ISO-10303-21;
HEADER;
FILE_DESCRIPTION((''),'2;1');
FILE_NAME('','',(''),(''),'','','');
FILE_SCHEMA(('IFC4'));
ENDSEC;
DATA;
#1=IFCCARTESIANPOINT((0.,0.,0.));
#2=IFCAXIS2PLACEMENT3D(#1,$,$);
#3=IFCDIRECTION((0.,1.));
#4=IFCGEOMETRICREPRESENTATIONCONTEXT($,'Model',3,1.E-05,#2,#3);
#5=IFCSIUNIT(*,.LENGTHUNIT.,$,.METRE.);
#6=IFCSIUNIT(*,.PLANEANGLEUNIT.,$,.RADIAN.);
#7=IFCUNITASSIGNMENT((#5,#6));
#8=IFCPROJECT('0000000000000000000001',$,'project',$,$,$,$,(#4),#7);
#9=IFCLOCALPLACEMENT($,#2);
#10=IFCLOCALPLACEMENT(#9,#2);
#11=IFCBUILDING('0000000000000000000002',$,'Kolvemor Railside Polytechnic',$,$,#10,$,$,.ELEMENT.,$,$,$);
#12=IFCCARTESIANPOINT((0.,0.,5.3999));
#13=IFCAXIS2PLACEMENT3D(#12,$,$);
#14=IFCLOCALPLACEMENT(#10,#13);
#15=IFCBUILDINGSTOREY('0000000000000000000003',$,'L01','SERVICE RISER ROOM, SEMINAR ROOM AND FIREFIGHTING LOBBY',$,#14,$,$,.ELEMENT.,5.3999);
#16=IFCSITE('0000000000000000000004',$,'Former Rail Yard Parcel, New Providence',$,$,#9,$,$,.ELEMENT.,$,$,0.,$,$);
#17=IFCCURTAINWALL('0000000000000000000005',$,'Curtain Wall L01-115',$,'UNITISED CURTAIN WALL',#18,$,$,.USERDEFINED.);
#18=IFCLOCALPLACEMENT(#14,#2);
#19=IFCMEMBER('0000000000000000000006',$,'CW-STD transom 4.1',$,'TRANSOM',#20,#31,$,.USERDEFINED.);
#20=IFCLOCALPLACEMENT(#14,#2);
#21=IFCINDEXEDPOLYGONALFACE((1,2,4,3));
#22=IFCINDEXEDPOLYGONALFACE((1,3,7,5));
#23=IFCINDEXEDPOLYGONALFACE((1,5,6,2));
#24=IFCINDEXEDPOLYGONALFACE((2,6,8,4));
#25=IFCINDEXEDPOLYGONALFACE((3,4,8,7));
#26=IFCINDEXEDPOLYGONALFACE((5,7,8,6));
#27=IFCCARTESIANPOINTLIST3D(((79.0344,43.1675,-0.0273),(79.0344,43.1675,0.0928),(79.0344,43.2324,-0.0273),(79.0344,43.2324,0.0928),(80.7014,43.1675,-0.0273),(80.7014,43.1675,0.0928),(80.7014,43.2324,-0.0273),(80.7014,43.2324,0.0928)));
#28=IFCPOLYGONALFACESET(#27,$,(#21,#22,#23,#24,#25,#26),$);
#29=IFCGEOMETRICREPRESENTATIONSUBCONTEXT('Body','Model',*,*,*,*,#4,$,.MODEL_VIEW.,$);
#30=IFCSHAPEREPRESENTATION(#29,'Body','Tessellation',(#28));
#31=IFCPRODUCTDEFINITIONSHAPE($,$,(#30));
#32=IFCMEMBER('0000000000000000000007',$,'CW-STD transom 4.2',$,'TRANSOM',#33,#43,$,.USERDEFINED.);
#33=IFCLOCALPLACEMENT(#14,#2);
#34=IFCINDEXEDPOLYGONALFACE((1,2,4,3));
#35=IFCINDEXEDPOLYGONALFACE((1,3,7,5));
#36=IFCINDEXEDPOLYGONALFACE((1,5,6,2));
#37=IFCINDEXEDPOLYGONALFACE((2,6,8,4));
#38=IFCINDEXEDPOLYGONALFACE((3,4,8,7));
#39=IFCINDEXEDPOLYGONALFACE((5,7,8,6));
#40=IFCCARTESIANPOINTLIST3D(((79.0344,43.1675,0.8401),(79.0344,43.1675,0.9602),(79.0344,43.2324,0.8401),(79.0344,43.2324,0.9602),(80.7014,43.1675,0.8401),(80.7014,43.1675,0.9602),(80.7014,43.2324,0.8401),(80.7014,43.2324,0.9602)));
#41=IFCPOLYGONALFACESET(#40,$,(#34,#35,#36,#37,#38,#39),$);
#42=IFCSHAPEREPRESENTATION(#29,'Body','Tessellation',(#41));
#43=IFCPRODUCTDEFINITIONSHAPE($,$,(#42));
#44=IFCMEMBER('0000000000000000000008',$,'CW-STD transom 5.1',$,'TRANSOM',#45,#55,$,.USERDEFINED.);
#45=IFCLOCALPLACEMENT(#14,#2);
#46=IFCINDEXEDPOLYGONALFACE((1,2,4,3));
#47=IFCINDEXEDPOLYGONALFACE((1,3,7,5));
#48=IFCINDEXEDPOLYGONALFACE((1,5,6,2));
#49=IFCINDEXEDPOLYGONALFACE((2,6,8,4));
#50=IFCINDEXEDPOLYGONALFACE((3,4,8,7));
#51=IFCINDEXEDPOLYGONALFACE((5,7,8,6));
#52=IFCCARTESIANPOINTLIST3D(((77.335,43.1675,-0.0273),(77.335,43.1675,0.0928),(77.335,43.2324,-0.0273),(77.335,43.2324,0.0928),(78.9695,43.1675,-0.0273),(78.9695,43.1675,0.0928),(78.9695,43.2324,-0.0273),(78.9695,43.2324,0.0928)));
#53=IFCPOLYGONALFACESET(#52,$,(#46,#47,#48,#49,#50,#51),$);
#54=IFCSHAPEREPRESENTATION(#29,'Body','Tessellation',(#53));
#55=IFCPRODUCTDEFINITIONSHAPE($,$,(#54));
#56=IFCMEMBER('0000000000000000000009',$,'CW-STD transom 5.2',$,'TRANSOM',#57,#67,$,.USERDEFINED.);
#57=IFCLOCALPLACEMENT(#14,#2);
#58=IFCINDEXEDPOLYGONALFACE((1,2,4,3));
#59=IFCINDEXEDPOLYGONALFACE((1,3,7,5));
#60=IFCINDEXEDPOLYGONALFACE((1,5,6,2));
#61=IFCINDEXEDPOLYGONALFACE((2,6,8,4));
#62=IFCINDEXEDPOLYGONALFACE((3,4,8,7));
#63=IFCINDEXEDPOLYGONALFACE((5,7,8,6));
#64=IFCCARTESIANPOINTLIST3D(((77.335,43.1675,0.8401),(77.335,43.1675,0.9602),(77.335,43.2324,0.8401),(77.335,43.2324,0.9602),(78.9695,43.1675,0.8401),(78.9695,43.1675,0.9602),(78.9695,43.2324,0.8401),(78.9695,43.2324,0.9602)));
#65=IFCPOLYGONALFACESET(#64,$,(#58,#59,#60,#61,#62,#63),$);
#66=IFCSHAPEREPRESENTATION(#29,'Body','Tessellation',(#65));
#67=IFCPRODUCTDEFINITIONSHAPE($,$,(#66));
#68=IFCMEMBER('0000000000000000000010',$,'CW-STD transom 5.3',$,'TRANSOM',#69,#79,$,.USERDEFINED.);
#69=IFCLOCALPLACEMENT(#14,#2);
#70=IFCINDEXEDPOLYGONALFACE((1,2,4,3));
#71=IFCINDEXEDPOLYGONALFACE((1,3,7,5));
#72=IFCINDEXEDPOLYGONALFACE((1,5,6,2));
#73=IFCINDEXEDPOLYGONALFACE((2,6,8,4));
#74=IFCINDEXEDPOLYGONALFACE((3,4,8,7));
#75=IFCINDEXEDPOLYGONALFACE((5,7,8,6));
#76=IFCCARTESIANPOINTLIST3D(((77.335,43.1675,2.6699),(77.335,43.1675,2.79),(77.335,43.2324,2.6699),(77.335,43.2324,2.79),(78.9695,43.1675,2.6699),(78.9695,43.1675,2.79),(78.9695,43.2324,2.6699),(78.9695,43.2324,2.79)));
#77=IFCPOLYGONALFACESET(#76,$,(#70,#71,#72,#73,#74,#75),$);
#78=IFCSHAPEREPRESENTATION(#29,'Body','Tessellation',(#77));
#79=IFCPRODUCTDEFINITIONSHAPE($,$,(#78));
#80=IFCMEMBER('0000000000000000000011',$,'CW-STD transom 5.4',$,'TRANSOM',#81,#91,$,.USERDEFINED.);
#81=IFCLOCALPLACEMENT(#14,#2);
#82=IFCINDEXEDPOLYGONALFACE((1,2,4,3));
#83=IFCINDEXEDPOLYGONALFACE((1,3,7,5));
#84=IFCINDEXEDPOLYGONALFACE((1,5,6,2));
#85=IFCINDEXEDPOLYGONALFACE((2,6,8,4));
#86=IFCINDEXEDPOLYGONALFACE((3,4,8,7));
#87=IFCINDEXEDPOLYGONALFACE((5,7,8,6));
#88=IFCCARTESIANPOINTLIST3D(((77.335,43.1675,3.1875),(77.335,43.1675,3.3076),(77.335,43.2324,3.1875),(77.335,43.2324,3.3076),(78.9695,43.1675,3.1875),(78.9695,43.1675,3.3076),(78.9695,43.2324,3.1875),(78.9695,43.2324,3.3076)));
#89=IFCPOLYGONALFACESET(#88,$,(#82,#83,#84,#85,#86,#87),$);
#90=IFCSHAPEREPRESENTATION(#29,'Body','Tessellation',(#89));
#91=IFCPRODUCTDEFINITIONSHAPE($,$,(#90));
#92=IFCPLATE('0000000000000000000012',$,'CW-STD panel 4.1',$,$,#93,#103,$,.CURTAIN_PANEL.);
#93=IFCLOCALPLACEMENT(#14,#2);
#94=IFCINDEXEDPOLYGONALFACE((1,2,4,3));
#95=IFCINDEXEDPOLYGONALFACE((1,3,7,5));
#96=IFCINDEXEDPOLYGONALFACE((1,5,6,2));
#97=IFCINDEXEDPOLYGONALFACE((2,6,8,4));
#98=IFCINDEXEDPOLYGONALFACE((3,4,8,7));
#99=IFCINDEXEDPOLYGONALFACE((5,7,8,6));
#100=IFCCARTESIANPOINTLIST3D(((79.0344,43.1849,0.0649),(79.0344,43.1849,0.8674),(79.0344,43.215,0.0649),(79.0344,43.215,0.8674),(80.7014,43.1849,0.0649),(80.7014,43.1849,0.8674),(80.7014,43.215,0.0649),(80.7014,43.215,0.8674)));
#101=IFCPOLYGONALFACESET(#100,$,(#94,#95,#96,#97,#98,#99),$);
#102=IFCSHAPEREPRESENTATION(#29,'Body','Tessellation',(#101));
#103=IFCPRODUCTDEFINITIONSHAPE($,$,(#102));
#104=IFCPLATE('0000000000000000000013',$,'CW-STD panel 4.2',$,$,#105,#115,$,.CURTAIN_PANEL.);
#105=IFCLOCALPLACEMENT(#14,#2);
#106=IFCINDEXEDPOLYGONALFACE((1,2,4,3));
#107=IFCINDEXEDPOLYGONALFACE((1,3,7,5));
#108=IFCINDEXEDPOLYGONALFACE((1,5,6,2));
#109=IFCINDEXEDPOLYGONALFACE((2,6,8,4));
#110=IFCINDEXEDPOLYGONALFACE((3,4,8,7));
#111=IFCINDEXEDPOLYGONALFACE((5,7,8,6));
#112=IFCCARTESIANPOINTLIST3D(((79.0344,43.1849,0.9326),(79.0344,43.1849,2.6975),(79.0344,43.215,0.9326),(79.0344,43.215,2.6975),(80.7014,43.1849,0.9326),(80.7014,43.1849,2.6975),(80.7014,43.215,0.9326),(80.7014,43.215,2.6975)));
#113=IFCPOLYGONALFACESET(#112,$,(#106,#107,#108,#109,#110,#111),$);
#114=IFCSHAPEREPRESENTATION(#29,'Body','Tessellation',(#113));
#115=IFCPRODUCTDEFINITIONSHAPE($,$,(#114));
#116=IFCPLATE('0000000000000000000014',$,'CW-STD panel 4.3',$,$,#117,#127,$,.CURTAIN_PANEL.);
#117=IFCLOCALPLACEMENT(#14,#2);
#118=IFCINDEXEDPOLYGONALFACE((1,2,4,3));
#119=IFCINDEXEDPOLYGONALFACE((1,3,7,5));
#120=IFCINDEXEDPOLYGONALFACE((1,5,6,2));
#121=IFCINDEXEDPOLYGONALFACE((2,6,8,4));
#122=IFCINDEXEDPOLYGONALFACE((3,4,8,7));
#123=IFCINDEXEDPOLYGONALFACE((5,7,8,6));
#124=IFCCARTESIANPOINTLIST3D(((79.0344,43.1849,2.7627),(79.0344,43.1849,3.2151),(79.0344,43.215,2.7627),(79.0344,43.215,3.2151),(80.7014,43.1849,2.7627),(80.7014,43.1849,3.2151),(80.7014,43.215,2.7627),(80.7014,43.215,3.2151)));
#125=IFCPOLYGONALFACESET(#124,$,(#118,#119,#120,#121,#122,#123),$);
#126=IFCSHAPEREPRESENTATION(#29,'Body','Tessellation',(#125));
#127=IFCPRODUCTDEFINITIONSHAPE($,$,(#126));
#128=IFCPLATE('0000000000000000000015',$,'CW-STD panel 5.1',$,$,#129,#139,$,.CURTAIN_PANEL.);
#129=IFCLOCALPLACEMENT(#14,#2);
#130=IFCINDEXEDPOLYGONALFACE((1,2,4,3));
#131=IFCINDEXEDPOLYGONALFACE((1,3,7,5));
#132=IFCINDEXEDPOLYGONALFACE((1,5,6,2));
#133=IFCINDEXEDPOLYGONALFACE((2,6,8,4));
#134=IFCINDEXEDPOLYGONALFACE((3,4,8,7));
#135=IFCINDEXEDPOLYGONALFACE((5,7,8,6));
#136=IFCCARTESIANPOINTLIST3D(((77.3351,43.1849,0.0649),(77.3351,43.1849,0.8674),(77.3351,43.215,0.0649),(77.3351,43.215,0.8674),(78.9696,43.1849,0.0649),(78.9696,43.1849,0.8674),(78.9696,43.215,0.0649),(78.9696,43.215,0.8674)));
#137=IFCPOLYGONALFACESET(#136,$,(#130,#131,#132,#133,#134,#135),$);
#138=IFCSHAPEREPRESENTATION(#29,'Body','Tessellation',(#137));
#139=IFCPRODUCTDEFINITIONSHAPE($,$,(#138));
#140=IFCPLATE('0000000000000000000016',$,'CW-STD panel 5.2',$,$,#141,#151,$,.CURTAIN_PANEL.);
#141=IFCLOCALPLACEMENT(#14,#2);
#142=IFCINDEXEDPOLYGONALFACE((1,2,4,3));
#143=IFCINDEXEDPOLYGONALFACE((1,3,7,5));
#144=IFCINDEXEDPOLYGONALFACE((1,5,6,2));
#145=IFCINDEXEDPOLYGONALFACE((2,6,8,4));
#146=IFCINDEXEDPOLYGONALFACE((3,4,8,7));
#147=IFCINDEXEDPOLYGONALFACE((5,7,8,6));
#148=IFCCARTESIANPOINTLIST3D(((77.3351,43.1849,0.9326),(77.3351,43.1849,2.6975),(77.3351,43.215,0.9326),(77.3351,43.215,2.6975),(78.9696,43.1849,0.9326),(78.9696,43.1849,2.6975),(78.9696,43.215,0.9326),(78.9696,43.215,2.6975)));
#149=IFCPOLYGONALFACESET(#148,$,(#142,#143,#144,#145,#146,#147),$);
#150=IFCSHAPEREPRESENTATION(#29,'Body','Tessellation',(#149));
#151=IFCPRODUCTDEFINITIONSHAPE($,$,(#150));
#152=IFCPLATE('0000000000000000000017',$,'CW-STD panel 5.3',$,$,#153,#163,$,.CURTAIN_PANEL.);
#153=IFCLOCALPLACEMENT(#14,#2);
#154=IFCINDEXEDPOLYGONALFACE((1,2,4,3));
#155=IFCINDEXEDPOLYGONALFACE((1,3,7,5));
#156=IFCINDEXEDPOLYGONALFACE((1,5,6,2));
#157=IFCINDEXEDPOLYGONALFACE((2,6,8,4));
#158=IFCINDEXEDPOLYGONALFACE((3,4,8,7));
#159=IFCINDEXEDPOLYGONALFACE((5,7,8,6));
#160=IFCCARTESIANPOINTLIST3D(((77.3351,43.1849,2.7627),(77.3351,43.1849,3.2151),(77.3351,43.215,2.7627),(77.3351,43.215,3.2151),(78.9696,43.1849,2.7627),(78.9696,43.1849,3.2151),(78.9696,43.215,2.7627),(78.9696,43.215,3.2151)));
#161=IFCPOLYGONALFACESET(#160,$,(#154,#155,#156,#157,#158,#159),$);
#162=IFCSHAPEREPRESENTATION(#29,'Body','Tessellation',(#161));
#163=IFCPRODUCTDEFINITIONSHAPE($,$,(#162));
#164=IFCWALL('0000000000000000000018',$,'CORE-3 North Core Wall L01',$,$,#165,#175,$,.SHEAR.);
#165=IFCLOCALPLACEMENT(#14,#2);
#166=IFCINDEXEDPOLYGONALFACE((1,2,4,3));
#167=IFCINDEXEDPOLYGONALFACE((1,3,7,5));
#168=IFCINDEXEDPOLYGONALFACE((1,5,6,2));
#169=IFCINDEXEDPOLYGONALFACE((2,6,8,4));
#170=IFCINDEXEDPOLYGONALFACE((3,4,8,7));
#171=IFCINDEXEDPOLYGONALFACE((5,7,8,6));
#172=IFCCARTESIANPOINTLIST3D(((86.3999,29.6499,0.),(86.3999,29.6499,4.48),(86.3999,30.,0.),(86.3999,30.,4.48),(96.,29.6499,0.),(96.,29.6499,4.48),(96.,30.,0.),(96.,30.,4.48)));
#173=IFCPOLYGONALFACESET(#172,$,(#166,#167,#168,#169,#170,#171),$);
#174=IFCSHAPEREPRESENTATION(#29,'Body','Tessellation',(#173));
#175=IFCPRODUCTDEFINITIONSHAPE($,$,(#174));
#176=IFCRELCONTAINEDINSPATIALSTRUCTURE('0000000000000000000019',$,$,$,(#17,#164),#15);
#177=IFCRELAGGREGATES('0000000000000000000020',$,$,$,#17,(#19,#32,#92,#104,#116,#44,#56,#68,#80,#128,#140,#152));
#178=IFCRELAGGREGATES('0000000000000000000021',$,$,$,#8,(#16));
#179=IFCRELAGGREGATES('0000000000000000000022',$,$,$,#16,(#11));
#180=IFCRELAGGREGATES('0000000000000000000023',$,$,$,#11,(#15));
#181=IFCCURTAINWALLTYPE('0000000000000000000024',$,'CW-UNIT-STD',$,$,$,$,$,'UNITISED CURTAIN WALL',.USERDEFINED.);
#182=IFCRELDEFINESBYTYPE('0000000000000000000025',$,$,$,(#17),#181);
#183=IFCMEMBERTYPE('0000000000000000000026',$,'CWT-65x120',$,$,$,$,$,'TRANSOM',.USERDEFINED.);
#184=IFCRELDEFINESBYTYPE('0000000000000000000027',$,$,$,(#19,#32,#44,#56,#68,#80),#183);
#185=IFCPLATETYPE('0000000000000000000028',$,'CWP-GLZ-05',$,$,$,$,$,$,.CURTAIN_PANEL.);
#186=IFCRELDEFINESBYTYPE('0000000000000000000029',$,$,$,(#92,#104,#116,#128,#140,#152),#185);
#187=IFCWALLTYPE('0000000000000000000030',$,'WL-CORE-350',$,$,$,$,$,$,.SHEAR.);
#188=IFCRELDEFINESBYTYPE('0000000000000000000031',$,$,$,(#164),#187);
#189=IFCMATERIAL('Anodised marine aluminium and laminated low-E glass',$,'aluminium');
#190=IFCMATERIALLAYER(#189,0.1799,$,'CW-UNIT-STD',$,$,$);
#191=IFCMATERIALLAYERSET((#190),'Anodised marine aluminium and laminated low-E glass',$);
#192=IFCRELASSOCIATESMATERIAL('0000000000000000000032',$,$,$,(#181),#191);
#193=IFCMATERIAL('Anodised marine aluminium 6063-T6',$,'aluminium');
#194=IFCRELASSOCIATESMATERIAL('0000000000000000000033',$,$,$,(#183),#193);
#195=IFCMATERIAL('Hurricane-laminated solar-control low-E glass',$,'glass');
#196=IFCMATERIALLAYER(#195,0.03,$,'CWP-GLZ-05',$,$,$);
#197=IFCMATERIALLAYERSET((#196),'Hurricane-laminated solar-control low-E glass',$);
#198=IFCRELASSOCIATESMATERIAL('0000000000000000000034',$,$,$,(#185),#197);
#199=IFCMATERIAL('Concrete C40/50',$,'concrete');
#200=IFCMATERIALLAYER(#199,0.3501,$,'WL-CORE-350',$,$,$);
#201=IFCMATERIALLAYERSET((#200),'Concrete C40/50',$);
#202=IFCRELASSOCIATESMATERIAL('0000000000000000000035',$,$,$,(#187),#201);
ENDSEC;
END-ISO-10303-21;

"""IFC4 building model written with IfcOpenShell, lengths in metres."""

from ifc_helpers import new_model, si_unit, direction, frame, frame_2d, origin, origin_2d, place, context, subcontext, project, spatial, rectangle, extrude, material, layer, layer_set, material_profile, profile_set, type_object, element, aggregate, save


model = new_model("IFC4")

# Units and contexts
model_context = context("Model", 3, precision=1e-05, world=origin(), true_north=direction((0.0, 1.0)))
body_context = subcontext(model_context, "Body", "Model", "MODEL_VIEW")
ifc_project = project(units=[si_unit("LENGTHUNIT", "METRE"), si_unit("PLANEANGLEUNIT", "RADIAN")], contexts=[model_context])

# Site, building, storey
site_placement = place(None, origin())
site = spatial("IfcSite", under=ifc_project, at=site_placement, Name="Former Rail Yard Parcel, New Providence", CompositionType="ELEMENT", RefElevation=0.0)
building_placement = place(site_placement, origin())
building = spatial("IfcBuilding", under=site, at=building_placement, Name="Kolvemor Railside Polytechnic", CompositionType="ELEMENT")
storey_placement = place(building_placement, frame((0.0, 0.0, 5.3999)))
storey = spatial("IfcBuildingStorey", under=building, at=storey_placement, Name="L01", Description="SERVICE RISER ROOM, SEMINAR ROOM AND FIREFIGHTING LOBBY", CompositionType="ELEMENT", Elevation=5.3999)

# Curtain wall, members, plates
ifc_material_1 = material(Name="Anodised marine aluminium and laminated low-E glass", Category="aluminium")
ifc_layer_1 = layer(ifc_material_1, 0.1799, Name="CW-UNIT-STD")
ifc_layer_set_1 = layer_set([ifc_layer_1], Name="Anodised marine aluminium and laminated low-E glass")
curtain_wall_type = type_object("IfcCurtainWallType", Name="CW-UNIT-STD", ElementType="UNITISED CURTAIN WALL", PredefinedType="USERDEFINED", material=ifc_layer_set_1)
curtain_wall_placement = place(storey_placement, origin())
curtain_wall = element("IfcCurtainWall", 1, at=curtain_wall_placement, inside=storey, type_object=curtain_wall_type, Name="Curtain Wall L01-115", ObjectType="UNITISED CURTAIN WALL", PredefinedType="USERDEFINED")
ifc_material_2 = material(Name="Anodised marine aluminium 6063-T6", Category="aluminium")
ifc_material_profile_1 = material_profile(ifc_material_2, rectangle(XDim=0.0649, YDim=0.1201, at=origin_2d()), Name="CW-TRN-65x120")
ifc_profile_set_1 = profile_set([ifc_material_profile_1], Name="Anodised marine aluminium 6063-T6")
member_type_1 = type_object("IfcMemberType", Name="CWT-65x120", ElementType="TRANSOM", PredefinedType="USERDEFINED", material=ifc_profile_set_1)
member_1_placement = place(storey_placement, frame((80.7014, 43.2, 0.0327), z_axis=(-1.0, 0.0, 0.0), x_axis=(0.0, -1.0, 0.0)))
member_1 = element("IfcMember", 2, at=member_1_placement, type_object=member_type_1, Name="CW-STD transom 4.1", ObjectType="TRANSOM", PredefinedType="USERDEFINED", context=body_context, shape_type="SweptSolid", body=[
    extrude(rectangle(XDim=0.0649, YDim=0.1201, at=origin_2d()), origin(), (0.0, 0.0, 1.0), 1.667),
])
member_2_placement = place(storey_placement, frame((80.7014, 43.2, 0.9001), z_axis=(-1.0, 0.0, 0.0), x_axis=(0.0, -1.0, 0.0)))
member_2 = element("IfcMember", 3, at=member_2_placement, type_object=member_type_1, Name="CW-STD transom 4.2", ObjectType="TRANSOM", PredefinedType="USERDEFINED", context=body_context, shape_type="SweptSolid", body=[
    extrude(rectangle(XDim=0.0649, YDim=0.1201, at=origin_2d()), origin(), (0.0, 0.0, 1.0), 1.667),
])
member_3_placement = place(storey_placement, frame((78.9695, 43.2, 0.0327), z_axis=(-1.0, 0.0, 0.0), x_axis=(0.0, -1.0, 0.0)))
member_3 = element("IfcMember", 4, at=member_3_placement, type_object=member_type_1, Name="CW-STD transom 5.1", ObjectType="TRANSOM", PredefinedType="USERDEFINED", context=body_context, shape_type="SweptSolid", body=[
    extrude(rectangle(XDim=0.0649, YDim=0.1201, at=origin_2d()), origin(), (0.0, 0.0, 1.0), 1.6345),
])
member_4_placement = place(storey_placement, frame((78.9695, 43.2, 0.9001), z_axis=(-1.0, 0.0, 0.0), x_axis=(0.0, -1.0, 0.0)))
member_4 = element("IfcMember", 5, at=member_4_placement, type_object=member_type_1, Name="CW-STD transom 5.2", ObjectType="TRANSOM", PredefinedType="USERDEFINED", context=body_context, shape_type="SweptSolid", body=[
    extrude(rectangle(XDim=0.0649, YDim=0.1201, at=origin_2d()), origin(), (0.0, 0.0, 1.0), 1.6345),
])
member_5_placement = place(storey_placement, frame((78.9695, 43.2, 2.73), z_axis=(-1.0, 0.0, 0.0), x_axis=(0.0, -1.0, 0.0)))
member_5 = element("IfcMember", 6, at=member_5_placement, type_object=member_type_1, Name="CW-STD transom 5.3", ObjectType="TRANSOM", PredefinedType="USERDEFINED", context=body_context, shape_type="SweptSolid", body=[
    extrude(rectangle(XDim=0.0649, YDim=0.1201, at=origin_2d()), origin(), (0.0, 0.0, 1.0), 1.6345),
])
member_6_placement = place(storey_placement, frame((78.9695, 43.2, 3.2476), z_axis=(-1.0, 0.0, 0.0), x_axis=(0.0, -1.0, 0.0)))
member_6 = element("IfcMember", 7, at=member_6_placement, type_object=member_type_1, Name="CW-STD transom 5.4", ObjectType="TRANSOM", PredefinedType="USERDEFINED", context=body_context, shape_type="SweptSolid", body=[
    extrude(rectangle(XDim=0.0649, YDim=0.1201, at=origin_2d()), origin(), (0.0, 0.0, 1.0), 1.6345),
])
ifc_material_3 = material(Name="Hurricane-laminated solar-control low-E glass", Category="glass")
ifc_layer_2 = layer(ifc_material_3, 0.03, Name="CWP-GLZ-05")
ifc_layer_set_2 = layer_set([ifc_layer_2], Name="Hurricane-laminated solar-control low-E glass")
plate_type = type_object("IfcPlateType", Name="CWP-GLZ-05", PredefinedType="CURTAIN_PANEL", material=ifc_layer_set_2)
plate_1_placement = place(storey_placement, frame((79.8679, 43.2, 0.0649), z_axis=(0.0, 0.0, 1.0), x_axis=(-1.0, 0.0, 0.0)))
plate_1 = element("IfcPlate", 8, at=plate_1_placement, type_object=plate_type, Name="CW-STD panel 4.1", PredefinedType="CURTAIN_PANEL", context=body_context, shape_type="SweptSolid", body=[
    extrude(rectangle(XDim=1.667, YDim=0.03, at=origin_2d()), origin(), (0.0, 0.0, 1.0), 0.8025),
])
plate_2_placement = place(storey_placement, frame((79.8679, 43.2, 0.9326), z_axis=(0.0, 0.0, 1.0), x_axis=(-1.0, 0.0, 0.0)))
plate_2 = element("IfcPlate", 9, at=plate_2_placement, type_object=plate_type, Name="CW-STD panel 4.2", PredefinedType="CURTAIN_PANEL", context=body_context, shape_type="SweptSolid", body=[
    extrude(rectangle(XDim=1.667, YDim=0.03, at=origin_2d()), origin(), (0.0, 0.0, 1.0), 1.7649),
])
plate_3_placement = place(storey_placement, frame((79.8679, 43.2, 2.7627), z_axis=(0.0, 0.0, 1.0), x_axis=(-1.0, 0.0, 0.0)))
plate_3 = element("IfcPlate", 10, at=plate_3_placement, type_object=plate_type, Name="CW-STD panel 4.3", PredefinedType="CURTAIN_PANEL", context=body_context, shape_type="SweptSolid", body=[
    extrude(rectangle(XDim=1.667, YDim=0.03, at=origin_2d()), origin(), (0.0, 0.0, 1.0), 0.4524),
])
plate_4_placement = place(storey_placement, frame((78.1523, 43.2, 0.0649), z_axis=(0.0, 0.0, 1.0), x_axis=(-1.0, 0.0, 0.0)))
plate_4 = element("IfcPlate", 11, at=plate_4_placement, type_object=plate_type, Name="CW-STD panel 5.1", PredefinedType="CURTAIN_PANEL", context=body_context, shape_type="SweptSolid", body=[
    extrude(rectangle(XDim=1.6345, YDim=0.03, at=origin_2d()), origin(), (0.0, 0.0, 1.0), 0.8025),
])
plate_5_placement = place(storey_placement, frame((78.1523, 43.2, 0.9326), z_axis=(0.0, 0.0, 1.0), x_axis=(-1.0, 0.0, 0.0)))
plate_5 = element("IfcPlate", 12, at=plate_5_placement, type_object=plate_type, Name="CW-STD panel 5.2", PredefinedType="CURTAIN_PANEL", context=body_context, shape_type="SweptSolid", body=[
    extrude(rectangle(XDim=1.6345, YDim=0.03, at=origin_2d()), origin(), (0.0, 0.0, 1.0), 1.7649),
])
plate_6_placement = place(storey_placement, frame((78.1523, 43.2, 2.7627), z_axis=(0.0, 0.0, 1.0), x_axis=(-1.0, 0.0, 0.0)))
plate_6 = element("IfcPlate", 13, at=plate_6_placement, type_object=plate_type, Name="CW-STD panel 5.3", PredefinedType="CURTAIN_PANEL", context=body_context, shape_type="SweptSolid", body=[
    extrude(rectangle(XDim=1.6345, YDim=0.03, at=origin_2d()), origin(), (0.0, 0.0, 1.0), 0.4524),
])
aggregate(curtain_wall, [member_1, member_2, plate_1, plate_2, plate_3, member_3, member_4, member_5, member_6, plate_4, plate_5, plate_6])

# Wall
ifc_material_4 = material(Name="Concrete C40/50", Category="concrete")
ifc_layer_3 = layer(ifc_material_4, 0.3501, Name="WL-CORE-350")
ifc_layer_set_3 = layer_set([ifc_layer_3], Name="Concrete C40/50")
wall_type_1 = type_object("IfcWallType", Name="WL-CORE-350", PredefinedType="SHEAR", material=ifc_layer_set_3)
wall_1_placement = place(storey_placement, frame((86.3999, 29.825, 0.0), z_axis=(0.0, 0.0, 1.0), x_axis=(1.0, 0.0, 0.0)))
element("IfcWall", 14, at=wall_1_placement, inside=storey, type_object=wall_type_1, Name="CORE-3 North Core Wall L01", PredefinedType="SHEAR", context=body_context, shape_type="SweptSolid", body=[
    extrude(rectangle(XDim=9.6001, YDim=0.3501, at=frame_2d((4.8, 0.0))), origin(), (0.0, 0.0, 1.0), 4.48),
])

save(model, "model.ifc")
